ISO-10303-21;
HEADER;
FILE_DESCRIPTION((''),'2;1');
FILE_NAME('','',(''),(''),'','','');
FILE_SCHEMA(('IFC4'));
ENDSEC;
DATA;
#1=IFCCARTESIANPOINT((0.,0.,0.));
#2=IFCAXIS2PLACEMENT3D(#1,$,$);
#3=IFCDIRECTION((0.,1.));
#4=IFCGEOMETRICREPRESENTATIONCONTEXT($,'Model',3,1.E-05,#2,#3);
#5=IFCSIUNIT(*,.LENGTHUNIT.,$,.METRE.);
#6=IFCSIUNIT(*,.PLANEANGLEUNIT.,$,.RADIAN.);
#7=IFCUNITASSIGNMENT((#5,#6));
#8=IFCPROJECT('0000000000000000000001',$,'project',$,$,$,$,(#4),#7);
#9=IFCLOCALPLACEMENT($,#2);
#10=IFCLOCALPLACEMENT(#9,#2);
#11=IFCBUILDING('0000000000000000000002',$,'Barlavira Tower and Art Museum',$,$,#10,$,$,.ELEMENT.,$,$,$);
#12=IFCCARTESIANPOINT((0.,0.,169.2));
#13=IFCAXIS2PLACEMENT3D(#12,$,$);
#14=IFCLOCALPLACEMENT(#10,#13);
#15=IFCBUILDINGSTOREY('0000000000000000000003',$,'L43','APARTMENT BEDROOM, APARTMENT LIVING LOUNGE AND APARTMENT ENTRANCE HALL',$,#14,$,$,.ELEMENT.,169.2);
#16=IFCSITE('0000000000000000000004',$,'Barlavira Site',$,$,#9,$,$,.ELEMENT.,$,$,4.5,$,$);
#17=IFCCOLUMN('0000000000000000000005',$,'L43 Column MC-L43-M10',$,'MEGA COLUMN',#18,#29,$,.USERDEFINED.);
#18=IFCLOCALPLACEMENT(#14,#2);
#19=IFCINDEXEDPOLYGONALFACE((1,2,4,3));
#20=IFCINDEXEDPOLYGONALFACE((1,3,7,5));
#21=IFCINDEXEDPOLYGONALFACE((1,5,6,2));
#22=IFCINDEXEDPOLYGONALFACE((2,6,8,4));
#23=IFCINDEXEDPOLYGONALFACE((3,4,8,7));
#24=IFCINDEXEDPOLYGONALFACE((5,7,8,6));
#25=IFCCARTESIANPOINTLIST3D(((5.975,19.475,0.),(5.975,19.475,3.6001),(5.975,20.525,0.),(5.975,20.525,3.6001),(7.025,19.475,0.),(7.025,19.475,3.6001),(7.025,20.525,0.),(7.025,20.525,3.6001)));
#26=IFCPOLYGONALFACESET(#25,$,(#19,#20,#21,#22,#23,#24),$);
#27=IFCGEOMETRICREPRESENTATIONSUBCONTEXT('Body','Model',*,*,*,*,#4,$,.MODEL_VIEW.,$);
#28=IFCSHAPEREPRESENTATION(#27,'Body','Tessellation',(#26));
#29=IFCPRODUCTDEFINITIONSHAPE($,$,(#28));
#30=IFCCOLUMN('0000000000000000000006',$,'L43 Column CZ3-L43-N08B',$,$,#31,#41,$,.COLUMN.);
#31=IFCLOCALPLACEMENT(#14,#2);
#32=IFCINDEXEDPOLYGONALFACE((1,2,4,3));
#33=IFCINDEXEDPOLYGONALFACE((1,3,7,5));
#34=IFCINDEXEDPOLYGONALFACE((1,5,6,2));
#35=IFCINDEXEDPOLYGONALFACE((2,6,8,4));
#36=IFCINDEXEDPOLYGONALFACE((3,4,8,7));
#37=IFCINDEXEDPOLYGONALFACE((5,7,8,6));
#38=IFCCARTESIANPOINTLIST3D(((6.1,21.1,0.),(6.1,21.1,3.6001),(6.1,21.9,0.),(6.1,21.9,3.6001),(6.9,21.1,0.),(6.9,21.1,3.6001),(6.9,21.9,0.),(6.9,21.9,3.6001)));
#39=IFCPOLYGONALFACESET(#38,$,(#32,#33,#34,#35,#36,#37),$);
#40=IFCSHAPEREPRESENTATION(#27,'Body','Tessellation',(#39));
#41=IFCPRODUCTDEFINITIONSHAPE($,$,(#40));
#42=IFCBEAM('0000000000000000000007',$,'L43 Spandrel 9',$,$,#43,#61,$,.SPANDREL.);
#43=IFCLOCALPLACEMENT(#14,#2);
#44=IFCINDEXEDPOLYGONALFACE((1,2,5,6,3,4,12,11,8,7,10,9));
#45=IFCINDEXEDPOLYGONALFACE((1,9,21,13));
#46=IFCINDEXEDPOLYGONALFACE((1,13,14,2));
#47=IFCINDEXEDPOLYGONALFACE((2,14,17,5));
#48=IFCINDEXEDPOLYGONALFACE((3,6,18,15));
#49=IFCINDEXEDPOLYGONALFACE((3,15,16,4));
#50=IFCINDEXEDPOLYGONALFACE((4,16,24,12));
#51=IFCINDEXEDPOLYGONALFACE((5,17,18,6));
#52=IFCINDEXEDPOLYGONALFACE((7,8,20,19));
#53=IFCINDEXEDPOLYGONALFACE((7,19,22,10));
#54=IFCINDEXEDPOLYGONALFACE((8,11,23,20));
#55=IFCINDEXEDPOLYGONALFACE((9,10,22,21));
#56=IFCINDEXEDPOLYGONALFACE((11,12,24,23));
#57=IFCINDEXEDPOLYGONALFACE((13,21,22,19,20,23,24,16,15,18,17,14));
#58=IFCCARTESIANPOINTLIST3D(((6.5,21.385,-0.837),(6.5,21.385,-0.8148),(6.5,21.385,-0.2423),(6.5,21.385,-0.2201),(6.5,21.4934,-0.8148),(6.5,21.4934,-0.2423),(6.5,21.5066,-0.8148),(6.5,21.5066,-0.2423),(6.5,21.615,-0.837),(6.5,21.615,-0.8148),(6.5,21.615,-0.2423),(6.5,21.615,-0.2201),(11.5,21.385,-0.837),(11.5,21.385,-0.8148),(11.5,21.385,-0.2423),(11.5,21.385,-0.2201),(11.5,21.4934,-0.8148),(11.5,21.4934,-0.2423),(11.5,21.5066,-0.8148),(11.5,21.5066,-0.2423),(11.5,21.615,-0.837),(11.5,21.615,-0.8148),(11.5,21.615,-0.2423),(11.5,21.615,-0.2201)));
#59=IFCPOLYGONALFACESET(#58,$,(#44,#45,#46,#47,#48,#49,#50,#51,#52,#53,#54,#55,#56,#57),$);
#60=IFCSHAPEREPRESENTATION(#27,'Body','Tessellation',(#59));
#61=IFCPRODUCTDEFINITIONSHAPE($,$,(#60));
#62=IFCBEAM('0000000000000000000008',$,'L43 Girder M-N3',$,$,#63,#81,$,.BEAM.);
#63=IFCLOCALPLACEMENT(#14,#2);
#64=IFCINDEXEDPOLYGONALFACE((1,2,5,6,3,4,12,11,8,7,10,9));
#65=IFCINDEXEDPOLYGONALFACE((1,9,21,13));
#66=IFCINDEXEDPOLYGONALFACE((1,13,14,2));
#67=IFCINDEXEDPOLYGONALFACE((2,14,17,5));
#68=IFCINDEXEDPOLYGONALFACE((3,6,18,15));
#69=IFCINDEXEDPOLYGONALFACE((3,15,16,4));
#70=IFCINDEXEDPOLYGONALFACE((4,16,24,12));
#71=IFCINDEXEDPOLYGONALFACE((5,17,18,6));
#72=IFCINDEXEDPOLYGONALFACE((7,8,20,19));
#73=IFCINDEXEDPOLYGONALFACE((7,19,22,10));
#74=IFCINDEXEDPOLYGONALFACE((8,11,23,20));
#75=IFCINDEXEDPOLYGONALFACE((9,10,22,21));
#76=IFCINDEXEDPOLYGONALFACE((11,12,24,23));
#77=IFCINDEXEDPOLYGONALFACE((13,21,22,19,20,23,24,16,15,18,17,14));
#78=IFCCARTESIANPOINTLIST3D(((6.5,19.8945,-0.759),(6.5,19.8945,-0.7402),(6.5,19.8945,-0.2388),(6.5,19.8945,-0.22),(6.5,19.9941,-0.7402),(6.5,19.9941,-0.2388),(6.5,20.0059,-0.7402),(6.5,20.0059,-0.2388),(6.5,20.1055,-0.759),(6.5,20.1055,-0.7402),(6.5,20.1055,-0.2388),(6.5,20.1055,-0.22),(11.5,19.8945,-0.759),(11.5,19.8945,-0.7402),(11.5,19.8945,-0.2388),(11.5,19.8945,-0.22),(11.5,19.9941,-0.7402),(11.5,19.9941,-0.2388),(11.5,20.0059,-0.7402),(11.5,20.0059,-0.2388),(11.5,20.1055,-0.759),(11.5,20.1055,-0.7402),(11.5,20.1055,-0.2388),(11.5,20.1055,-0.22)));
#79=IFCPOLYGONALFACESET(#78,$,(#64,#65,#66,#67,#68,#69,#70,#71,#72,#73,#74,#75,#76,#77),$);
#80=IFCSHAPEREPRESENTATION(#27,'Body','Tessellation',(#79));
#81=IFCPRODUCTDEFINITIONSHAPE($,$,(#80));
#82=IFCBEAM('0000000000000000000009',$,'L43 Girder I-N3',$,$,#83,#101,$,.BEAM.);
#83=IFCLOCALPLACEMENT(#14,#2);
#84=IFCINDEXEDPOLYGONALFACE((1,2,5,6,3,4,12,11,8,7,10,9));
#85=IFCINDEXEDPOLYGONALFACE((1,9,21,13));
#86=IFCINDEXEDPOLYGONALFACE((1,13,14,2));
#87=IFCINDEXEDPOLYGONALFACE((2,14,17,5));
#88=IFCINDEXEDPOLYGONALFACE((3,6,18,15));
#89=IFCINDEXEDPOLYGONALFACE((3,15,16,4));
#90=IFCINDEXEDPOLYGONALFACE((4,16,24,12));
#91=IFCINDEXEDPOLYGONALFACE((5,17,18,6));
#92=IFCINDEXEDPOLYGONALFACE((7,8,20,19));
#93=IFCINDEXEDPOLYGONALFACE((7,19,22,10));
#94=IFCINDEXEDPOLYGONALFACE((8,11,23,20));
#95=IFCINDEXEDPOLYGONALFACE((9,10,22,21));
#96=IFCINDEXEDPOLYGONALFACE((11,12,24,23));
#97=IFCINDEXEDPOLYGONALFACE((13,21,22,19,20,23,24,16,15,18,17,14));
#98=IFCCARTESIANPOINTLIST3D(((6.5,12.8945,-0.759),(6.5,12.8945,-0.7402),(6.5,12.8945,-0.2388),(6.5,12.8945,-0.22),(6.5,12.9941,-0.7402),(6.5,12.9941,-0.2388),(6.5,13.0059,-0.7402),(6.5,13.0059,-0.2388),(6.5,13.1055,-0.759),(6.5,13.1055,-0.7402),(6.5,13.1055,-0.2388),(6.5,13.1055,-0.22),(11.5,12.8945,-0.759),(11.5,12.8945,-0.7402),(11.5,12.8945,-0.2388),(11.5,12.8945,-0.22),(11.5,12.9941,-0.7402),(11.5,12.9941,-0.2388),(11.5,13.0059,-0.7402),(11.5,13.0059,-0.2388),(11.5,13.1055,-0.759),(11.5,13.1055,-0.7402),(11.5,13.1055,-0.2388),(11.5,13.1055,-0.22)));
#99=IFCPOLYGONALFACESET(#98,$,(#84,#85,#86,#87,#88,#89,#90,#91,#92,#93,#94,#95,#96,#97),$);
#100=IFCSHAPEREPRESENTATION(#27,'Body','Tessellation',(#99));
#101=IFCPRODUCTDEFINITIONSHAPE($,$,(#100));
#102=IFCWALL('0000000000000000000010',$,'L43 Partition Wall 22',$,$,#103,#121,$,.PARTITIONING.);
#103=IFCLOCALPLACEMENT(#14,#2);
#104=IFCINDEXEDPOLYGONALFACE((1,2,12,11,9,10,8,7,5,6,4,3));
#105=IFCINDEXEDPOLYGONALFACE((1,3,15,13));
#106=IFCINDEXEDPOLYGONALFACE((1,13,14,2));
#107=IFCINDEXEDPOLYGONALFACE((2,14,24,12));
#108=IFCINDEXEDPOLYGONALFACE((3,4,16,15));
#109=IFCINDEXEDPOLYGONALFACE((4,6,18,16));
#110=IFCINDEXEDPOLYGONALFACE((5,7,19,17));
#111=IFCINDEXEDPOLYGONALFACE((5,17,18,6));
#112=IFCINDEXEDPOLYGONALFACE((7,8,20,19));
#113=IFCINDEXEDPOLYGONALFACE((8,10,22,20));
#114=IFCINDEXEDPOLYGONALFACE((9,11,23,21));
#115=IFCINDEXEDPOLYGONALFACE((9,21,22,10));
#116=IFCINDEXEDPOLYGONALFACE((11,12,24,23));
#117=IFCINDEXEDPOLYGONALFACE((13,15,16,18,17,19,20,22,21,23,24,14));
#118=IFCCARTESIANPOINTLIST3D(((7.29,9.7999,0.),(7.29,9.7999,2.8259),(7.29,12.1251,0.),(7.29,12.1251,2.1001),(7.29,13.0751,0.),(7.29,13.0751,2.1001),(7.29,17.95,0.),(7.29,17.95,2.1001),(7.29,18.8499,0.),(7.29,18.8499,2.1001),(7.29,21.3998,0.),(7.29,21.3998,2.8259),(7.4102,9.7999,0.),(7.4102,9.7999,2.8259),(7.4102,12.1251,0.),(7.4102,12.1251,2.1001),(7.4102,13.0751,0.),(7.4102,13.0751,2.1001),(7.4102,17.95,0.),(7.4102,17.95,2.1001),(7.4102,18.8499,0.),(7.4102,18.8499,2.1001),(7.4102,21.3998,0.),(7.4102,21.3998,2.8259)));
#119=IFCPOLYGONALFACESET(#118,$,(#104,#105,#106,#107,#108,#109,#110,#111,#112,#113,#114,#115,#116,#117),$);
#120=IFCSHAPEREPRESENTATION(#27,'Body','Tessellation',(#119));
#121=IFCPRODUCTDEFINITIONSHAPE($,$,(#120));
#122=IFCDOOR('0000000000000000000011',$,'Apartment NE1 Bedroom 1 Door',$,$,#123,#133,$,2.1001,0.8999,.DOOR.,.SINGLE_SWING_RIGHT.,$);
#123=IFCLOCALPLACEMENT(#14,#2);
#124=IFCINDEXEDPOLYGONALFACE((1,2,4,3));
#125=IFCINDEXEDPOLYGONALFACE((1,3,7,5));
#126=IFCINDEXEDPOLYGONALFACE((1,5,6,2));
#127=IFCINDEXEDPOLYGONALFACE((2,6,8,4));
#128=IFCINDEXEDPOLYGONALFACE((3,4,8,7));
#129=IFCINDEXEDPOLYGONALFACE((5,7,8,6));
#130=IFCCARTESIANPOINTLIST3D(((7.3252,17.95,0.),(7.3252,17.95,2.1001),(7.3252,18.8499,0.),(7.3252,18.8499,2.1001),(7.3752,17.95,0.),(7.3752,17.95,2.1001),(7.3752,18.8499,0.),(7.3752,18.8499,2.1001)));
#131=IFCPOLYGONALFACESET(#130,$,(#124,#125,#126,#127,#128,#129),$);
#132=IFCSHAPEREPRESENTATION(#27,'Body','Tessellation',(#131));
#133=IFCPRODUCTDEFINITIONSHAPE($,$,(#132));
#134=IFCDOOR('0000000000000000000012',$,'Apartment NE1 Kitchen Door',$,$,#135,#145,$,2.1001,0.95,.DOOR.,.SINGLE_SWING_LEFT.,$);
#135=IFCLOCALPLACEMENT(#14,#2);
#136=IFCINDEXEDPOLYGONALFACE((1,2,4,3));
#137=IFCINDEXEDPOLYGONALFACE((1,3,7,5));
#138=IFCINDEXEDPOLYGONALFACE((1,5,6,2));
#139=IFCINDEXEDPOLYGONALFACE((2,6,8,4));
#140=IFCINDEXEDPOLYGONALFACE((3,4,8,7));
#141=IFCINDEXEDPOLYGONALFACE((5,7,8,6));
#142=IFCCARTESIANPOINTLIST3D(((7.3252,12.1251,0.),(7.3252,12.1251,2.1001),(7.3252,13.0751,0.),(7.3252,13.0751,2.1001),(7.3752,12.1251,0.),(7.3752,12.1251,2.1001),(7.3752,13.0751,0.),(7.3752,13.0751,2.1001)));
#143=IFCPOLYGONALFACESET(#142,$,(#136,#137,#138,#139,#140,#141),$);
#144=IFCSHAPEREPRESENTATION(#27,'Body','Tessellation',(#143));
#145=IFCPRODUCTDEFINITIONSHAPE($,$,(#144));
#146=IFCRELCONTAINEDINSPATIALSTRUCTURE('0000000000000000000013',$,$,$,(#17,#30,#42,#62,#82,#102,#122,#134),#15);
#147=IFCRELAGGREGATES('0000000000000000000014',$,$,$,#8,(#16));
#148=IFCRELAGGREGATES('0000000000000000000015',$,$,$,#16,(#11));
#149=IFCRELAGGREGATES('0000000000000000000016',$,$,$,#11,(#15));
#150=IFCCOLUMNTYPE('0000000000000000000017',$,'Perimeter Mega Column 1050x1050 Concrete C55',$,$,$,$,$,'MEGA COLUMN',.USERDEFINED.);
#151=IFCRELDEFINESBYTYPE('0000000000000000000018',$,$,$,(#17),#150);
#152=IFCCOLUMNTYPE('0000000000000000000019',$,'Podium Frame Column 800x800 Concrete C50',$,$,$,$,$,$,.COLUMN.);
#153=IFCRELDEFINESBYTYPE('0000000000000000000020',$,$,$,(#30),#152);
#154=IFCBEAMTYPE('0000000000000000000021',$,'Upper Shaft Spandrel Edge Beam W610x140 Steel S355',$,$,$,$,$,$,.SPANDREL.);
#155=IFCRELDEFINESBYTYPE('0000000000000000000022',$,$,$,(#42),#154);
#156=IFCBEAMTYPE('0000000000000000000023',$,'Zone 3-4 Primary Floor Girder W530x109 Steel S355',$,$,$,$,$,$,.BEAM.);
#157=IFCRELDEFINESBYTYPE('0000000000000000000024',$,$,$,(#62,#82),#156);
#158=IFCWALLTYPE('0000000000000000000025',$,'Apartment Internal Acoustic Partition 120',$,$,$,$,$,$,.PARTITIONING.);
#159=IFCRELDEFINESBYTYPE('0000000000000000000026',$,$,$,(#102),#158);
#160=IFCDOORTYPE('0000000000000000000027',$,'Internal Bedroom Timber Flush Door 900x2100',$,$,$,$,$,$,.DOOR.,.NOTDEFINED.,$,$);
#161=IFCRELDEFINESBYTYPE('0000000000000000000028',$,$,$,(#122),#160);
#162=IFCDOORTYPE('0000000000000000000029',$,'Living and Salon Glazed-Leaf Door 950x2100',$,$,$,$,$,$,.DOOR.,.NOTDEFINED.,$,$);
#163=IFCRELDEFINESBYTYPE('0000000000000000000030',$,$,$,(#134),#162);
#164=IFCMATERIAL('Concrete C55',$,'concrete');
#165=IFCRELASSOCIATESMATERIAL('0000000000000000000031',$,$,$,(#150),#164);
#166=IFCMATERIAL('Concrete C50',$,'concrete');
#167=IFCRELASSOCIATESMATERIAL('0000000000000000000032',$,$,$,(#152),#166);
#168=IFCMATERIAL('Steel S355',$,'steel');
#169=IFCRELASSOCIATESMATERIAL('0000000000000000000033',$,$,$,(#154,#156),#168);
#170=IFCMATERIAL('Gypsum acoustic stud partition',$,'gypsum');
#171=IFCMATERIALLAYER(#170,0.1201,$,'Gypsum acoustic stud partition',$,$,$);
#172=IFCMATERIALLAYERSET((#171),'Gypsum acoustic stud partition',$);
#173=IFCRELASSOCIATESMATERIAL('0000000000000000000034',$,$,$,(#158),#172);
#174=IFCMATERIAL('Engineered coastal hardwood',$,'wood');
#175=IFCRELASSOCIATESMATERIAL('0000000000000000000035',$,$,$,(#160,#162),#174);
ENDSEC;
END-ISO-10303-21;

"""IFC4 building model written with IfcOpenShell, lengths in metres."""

from ifc_helpers import new_model, si_unit, direction, frame, frame_2d, origin, origin_2d, place, context, subcontext, project, spatial, rectangle, i_section, extrude, material, layer, layer_set, material_profile, profile_set, type_object, element, fill, save


model = new_model("IFC4")

# Units and contexts
model_context = context("Model", 3, precision=1e-05, world=origin(), true_north=direction((0.0, 1.0)))
body_context = subcontext(model_context, "Body", "Model", "MODEL_VIEW")
ifc_project = project(units=[si_unit("LENGTHUNIT", "METRE"), si_unit("PLANEANGLEUNIT", "RADIAN")], contexts=[model_context])

# Site, building, storey
site_placement = place(None, origin())
site = spatial("IfcSite", under=ifc_project, at=site_placement, Name="Barlavira Site", CompositionType="ELEMENT", RefElevation=4.5)
building_placement = place(site_placement, origin())
building = spatial("IfcBuilding", under=site, at=building_placement, Name="Barlavira Tower and Art Museum", CompositionType="ELEMENT")
storey_placement = place(building_placement, frame((0.0, 0.0, 169.2)))
storey = spatial("IfcBuildingStorey", under=building, at=storey_placement, Name="L43", Description="APARTMENT BEDROOM, APARTMENT LIVING LOUNGE AND APARTMENT ENTRANCE HALL", CompositionType="ELEMENT", Elevation=169.2)

# Columns
ifc_material_1 = material(Name="Concrete C55", Category="concrete")
ifc_material_profile_1 = material_profile(ifc_material_1, rectangle(XDim=1.05, YDim=1.05, at=origin_2d()), Name="RC-COL 1050x1050")
ifc_profile_set_1 = profile_set([ifc_material_profile_1], Name="Concrete C55")
column_type_1 = type_object("IfcColumnType", Name="Perimeter Mega Column 1050x1050 Concrete C55", ElementType="MEGA COLUMN", PredefinedType="USERDEFINED", material=ifc_profile_set_1)
column_1_placement = place(storey_placement, frame((6.5, 20.0, 0.0), z_axis=(0.0, 0.0, 1.0), x_axis=(1.0, 0.0, 0.0)))
element("IfcColumn", 1, at=column_1_placement, inside=storey, type_object=column_type_1, Name="L43 Column MC-L43-M10", ObjectType="MEGA COLUMN", PredefinedType="USERDEFINED", context=body_context, shape_type="SweptSolid", body=[
    extrude(rectangle(XDim=1.05, YDim=1.05, at=origin_2d()), origin(), (0.0, 0.0, 1.0), 3.6001),
])
ifc_material_2 = material(Name="Concrete C50", Category="concrete")
ifc_material_profile_2 = material_profile(ifc_material_2, rectangle(XDim=0.8, YDim=0.8, at=origin_2d()), Name="RC-COL 800x800")
ifc_profile_set_2 = profile_set([ifc_material_profile_2], Name="Concrete C50")
column_type_2 = type_object("IfcColumnType", Name="Podium Frame Column 800x800 Concrete C50", PredefinedType="COLUMN", material=ifc_profile_set_2)
column_2_placement = place(storey_placement, frame((6.5, 21.5, 0.0), z_axis=(0.0, 0.0, 1.0), x_axis=(1.0, 0.0, 0.0)))
element("IfcColumn", 2, at=column_2_placement, inside=storey, type_object=column_type_2, Name="L43 Column CZ3-L43-N08B", PredefinedType="COLUMN", context=body_context, shape_type="SweptSolid", body=[
    extrude(rectangle(XDim=0.8, YDim=0.8, at=origin_2d()), origin(), (0.0, 0.0, 1.0), 3.6001),
])

# Beams
ifc_material_3 = material(Name="Steel S355", Category="steel")
ifc_material_profile_3 = material_profile(ifc_material_3, i_section(OverallWidth=0.23, OverallDepth=0.6169, WebThickness=0.0132, FlangeThickness=0.0222, at=origin_2d()), Name="W610x140.0")
ifc_profile_set_3 = profile_set([ifc_material_profile_3], Name="Steel S355")
beam_type_1 = type_object("IfcBeamType", Name="Upper Shaft Spandrel Edge Beam W610x140 Steel S355", PredefinedType="SPANDREL", material=ifc_profile_set_3)
beam_placement = place(storey_placement, frame((6.5, 21.5, -0.5286), z_axis=(1.0, 0.0, 0.0), x_axis=(0.0, 1.0, 0.0)))
element("IfcBeam", 3, at=beam_placement, inside=storey, type_object=beam_type_1, Name="L43 Spandrel 9", PredefinedType="SPANDREL", context=body_context, shape_type="SweptSolid", body=[
    extrude(i_section(OverallWidth=0.23, OverallDepth=0.6169, WebThickness=0.0132, FlangeThickness=0.0222, at=origin_2d()), origin(), (0.0, 0.0, 1.0), 5.0),
])
ifc_material_profile_4 = material_profile(ifc_material_3, i_section(OverallWidth=0.2109, OverallDepth=0.5391, WebThickness=0.0117, FlangeThickness=0.0188, at=origin_2d()), Name="W530x109.0")
ifc_profile_set_4 = profile_set([ifc_material_profile_4], Name="Steel S355")
beam_type_2 = type_object("IfcBeamType", Name="Zone 3-4 Primary Floor Girder W530x109 Steel S355", PredefinedType="BEAM", material=ifc_profile_set_4)
for number, where, z_axis, x_axis, name in (
    (4, (6.5, 20.0, -0.4895), (1.0, 0.0, 0.0), (0.0, 1.0, 0.0), "L43 Girder M-N3"),
    (5, (6.5, 13.0, -0.4895), (1.0, 0.0, 0.0), (0.0, 1.0, 0.0), "L43 Girder I-N3"),
):
    element("IfcBeam", number, at=place(storey_placement, frame(where, z_axis=z_axis, x_axis=x_axis)), inside=storey, type_object=beam_type_2, Name=name, PredefinedType="BEAM", context=body_context, shape_type="SweptSolid", body=[
        extrude(i_section(OverallWidth=0.2109, OverallDepth=0.5391, WebThickness=0.0117, FlangeThickness=0.0188, at=origin_2d()), origin(), (0.0, 0.0, 1.0), 5.0),
    ])

# Wall, openings, doors
ifc_material_4 = material(Name="Gypsum acoustic stud partition", Category="gypsum")
ifc_layer_1 = layer(ifc_material_4, 0.1201, Name="Gypsum acoustic stud partition")
ifc_layer_set_1 = layer_set([ifc_layer_1], Name="Gypsum acoustic stud partition")
wall_type_1 = type_object("IfcWallType", Name="Apartment Internal Acoustic Partition 120", PredefinedType="PARTITIONING", material=ifc_layer_set_1)
wall_1_placement = place(storey_placement, frame((7.3501, 9.8, 0.0), z_axis=(0.0, 0.0, 1.0), x_axis=(0.0, 1.0, 0.0)))
wall_1 = element("IfcWall", 6, at=wall_1_placement, inside=storey, type_object=wall_type_1, Name="L43 Partition Wall 22", PredefinedType="PARTITIONING", context=body_context, shape_type="SweptSolid", body=[
    extrude(rectangle(XDim=11.5999, YDim=0.1201, at=frame_2d((5.7998, 0.0))), origin(), (0.0, 0.0, 1.0), 2.8259),
])
opening_1_placement = place(wall_1_placement, frame((2.325, 0.0, 0.0)))
opening_1 = element("IfcOpeningElement", 7, at=opening_1_placement, cuts=wall_1, PredefinedType="OPENING", context=body_context, shape_type="SweptSolid", body=[
    extrude(rectangle(XDim=0.95, YDim=2.1001, at=frame_2d((0.4751, 1.05))), frame((0.0, 0.0701, 0.0), z_axis=(0.0, -1.0, 0.0), x_axis=(1.0, 0.0, 0.0)), (0.0, 0.0, 1.0), 0.1401),
])
opening_2_placement = place(wall_1_placement, frame((8.1499, 0.0, 0.0)))
opening_2 = element("IfcOpeningElement", 8, at=opening_2_placement, cuts=wall_1, PredefinedType="OPENING", context=body_context, shape_type="SweptSolid", body=[
    extrude(rectangle(XDim=0.8999, YDim=2.1001, at=frame_2d((0.45, 1.05))), frame((0.0, 0.0701, 0.0), z_axis=(0.0, -1.0, 0.0), x_axis=(1.0, 0.0, 0.0)), (0.0, 0.0, 1.0), 0.1401),
])
ifc_material_5 = material(Name="Engineered coastal hardwood", Category="wood")
door_type_1 = type_object("IfcDoorType", Name="Internal Bedroom Timber Flush Door 900x2100", OperationType="NOTDEFINED", PredefinedType="DOOR", material=ifc_material_5)
door_1_placement = place(opening_2_placement, origin())
door_1 = element("IfcDoor", 9, at=door_1_placement, inside=storey, type_object=door_type_1, Name="Apartment NE1 Bedroom 1 Door", OperationType="SINGLE_SWING_RIGHT", OverallHeight=2.1001, OverallWidth=0.8999, PredefinedType="DOOR", context=body_context, shape_type="SweptSolid", body=[
    extrude(rectangle(XDim=0.8999, YDim=2.1001, at=frame_2d((0.45, 1.05))), frame((0.0, 0.0249, 0.0), z_axis=(0.0, -1.0, 0.0), x_axis=(1.0, 0.0, 0.0)), (0.0, 0.0, 1.0), 0.05),
])
fill(opening_2, door_1)
door_type_2 = type_object("IfcDoorType", Name="Living and Salon Glazed-Leaf Door 950x2100", OperationType="NOTDEFINED", PredefinedType="DOOR", material=ifc_material_5)
door_2_placement = place(opening_1_placement, origin())
door_2 = element("IfcDoor", 10, at=door_2_placement, inside=storey, type_object=door_type_2, Name="Apartment NE1 Kitchen Door", OperationType="SINGLE_SWING_LEFT", OverallHeight=2.1001, OverallWidth=0.95, PredefinedType="DOOR", context=body_context, shape_type="SweptSolid", body=[
    extrude(rectangle(XDim=0.95, YDim=2.1001, at=frame_2d((0.4751, 1.05))), frame((0.0, 0.0249, 0.0), z_axis=(0.0, -1.0, 0.0), x_axis=(1.0, 0.0, 0.0)), (0.0, 0.0, 1.0), 0.05),
])
fill(opening_1, door_2)

save(model, "model.ifc")
